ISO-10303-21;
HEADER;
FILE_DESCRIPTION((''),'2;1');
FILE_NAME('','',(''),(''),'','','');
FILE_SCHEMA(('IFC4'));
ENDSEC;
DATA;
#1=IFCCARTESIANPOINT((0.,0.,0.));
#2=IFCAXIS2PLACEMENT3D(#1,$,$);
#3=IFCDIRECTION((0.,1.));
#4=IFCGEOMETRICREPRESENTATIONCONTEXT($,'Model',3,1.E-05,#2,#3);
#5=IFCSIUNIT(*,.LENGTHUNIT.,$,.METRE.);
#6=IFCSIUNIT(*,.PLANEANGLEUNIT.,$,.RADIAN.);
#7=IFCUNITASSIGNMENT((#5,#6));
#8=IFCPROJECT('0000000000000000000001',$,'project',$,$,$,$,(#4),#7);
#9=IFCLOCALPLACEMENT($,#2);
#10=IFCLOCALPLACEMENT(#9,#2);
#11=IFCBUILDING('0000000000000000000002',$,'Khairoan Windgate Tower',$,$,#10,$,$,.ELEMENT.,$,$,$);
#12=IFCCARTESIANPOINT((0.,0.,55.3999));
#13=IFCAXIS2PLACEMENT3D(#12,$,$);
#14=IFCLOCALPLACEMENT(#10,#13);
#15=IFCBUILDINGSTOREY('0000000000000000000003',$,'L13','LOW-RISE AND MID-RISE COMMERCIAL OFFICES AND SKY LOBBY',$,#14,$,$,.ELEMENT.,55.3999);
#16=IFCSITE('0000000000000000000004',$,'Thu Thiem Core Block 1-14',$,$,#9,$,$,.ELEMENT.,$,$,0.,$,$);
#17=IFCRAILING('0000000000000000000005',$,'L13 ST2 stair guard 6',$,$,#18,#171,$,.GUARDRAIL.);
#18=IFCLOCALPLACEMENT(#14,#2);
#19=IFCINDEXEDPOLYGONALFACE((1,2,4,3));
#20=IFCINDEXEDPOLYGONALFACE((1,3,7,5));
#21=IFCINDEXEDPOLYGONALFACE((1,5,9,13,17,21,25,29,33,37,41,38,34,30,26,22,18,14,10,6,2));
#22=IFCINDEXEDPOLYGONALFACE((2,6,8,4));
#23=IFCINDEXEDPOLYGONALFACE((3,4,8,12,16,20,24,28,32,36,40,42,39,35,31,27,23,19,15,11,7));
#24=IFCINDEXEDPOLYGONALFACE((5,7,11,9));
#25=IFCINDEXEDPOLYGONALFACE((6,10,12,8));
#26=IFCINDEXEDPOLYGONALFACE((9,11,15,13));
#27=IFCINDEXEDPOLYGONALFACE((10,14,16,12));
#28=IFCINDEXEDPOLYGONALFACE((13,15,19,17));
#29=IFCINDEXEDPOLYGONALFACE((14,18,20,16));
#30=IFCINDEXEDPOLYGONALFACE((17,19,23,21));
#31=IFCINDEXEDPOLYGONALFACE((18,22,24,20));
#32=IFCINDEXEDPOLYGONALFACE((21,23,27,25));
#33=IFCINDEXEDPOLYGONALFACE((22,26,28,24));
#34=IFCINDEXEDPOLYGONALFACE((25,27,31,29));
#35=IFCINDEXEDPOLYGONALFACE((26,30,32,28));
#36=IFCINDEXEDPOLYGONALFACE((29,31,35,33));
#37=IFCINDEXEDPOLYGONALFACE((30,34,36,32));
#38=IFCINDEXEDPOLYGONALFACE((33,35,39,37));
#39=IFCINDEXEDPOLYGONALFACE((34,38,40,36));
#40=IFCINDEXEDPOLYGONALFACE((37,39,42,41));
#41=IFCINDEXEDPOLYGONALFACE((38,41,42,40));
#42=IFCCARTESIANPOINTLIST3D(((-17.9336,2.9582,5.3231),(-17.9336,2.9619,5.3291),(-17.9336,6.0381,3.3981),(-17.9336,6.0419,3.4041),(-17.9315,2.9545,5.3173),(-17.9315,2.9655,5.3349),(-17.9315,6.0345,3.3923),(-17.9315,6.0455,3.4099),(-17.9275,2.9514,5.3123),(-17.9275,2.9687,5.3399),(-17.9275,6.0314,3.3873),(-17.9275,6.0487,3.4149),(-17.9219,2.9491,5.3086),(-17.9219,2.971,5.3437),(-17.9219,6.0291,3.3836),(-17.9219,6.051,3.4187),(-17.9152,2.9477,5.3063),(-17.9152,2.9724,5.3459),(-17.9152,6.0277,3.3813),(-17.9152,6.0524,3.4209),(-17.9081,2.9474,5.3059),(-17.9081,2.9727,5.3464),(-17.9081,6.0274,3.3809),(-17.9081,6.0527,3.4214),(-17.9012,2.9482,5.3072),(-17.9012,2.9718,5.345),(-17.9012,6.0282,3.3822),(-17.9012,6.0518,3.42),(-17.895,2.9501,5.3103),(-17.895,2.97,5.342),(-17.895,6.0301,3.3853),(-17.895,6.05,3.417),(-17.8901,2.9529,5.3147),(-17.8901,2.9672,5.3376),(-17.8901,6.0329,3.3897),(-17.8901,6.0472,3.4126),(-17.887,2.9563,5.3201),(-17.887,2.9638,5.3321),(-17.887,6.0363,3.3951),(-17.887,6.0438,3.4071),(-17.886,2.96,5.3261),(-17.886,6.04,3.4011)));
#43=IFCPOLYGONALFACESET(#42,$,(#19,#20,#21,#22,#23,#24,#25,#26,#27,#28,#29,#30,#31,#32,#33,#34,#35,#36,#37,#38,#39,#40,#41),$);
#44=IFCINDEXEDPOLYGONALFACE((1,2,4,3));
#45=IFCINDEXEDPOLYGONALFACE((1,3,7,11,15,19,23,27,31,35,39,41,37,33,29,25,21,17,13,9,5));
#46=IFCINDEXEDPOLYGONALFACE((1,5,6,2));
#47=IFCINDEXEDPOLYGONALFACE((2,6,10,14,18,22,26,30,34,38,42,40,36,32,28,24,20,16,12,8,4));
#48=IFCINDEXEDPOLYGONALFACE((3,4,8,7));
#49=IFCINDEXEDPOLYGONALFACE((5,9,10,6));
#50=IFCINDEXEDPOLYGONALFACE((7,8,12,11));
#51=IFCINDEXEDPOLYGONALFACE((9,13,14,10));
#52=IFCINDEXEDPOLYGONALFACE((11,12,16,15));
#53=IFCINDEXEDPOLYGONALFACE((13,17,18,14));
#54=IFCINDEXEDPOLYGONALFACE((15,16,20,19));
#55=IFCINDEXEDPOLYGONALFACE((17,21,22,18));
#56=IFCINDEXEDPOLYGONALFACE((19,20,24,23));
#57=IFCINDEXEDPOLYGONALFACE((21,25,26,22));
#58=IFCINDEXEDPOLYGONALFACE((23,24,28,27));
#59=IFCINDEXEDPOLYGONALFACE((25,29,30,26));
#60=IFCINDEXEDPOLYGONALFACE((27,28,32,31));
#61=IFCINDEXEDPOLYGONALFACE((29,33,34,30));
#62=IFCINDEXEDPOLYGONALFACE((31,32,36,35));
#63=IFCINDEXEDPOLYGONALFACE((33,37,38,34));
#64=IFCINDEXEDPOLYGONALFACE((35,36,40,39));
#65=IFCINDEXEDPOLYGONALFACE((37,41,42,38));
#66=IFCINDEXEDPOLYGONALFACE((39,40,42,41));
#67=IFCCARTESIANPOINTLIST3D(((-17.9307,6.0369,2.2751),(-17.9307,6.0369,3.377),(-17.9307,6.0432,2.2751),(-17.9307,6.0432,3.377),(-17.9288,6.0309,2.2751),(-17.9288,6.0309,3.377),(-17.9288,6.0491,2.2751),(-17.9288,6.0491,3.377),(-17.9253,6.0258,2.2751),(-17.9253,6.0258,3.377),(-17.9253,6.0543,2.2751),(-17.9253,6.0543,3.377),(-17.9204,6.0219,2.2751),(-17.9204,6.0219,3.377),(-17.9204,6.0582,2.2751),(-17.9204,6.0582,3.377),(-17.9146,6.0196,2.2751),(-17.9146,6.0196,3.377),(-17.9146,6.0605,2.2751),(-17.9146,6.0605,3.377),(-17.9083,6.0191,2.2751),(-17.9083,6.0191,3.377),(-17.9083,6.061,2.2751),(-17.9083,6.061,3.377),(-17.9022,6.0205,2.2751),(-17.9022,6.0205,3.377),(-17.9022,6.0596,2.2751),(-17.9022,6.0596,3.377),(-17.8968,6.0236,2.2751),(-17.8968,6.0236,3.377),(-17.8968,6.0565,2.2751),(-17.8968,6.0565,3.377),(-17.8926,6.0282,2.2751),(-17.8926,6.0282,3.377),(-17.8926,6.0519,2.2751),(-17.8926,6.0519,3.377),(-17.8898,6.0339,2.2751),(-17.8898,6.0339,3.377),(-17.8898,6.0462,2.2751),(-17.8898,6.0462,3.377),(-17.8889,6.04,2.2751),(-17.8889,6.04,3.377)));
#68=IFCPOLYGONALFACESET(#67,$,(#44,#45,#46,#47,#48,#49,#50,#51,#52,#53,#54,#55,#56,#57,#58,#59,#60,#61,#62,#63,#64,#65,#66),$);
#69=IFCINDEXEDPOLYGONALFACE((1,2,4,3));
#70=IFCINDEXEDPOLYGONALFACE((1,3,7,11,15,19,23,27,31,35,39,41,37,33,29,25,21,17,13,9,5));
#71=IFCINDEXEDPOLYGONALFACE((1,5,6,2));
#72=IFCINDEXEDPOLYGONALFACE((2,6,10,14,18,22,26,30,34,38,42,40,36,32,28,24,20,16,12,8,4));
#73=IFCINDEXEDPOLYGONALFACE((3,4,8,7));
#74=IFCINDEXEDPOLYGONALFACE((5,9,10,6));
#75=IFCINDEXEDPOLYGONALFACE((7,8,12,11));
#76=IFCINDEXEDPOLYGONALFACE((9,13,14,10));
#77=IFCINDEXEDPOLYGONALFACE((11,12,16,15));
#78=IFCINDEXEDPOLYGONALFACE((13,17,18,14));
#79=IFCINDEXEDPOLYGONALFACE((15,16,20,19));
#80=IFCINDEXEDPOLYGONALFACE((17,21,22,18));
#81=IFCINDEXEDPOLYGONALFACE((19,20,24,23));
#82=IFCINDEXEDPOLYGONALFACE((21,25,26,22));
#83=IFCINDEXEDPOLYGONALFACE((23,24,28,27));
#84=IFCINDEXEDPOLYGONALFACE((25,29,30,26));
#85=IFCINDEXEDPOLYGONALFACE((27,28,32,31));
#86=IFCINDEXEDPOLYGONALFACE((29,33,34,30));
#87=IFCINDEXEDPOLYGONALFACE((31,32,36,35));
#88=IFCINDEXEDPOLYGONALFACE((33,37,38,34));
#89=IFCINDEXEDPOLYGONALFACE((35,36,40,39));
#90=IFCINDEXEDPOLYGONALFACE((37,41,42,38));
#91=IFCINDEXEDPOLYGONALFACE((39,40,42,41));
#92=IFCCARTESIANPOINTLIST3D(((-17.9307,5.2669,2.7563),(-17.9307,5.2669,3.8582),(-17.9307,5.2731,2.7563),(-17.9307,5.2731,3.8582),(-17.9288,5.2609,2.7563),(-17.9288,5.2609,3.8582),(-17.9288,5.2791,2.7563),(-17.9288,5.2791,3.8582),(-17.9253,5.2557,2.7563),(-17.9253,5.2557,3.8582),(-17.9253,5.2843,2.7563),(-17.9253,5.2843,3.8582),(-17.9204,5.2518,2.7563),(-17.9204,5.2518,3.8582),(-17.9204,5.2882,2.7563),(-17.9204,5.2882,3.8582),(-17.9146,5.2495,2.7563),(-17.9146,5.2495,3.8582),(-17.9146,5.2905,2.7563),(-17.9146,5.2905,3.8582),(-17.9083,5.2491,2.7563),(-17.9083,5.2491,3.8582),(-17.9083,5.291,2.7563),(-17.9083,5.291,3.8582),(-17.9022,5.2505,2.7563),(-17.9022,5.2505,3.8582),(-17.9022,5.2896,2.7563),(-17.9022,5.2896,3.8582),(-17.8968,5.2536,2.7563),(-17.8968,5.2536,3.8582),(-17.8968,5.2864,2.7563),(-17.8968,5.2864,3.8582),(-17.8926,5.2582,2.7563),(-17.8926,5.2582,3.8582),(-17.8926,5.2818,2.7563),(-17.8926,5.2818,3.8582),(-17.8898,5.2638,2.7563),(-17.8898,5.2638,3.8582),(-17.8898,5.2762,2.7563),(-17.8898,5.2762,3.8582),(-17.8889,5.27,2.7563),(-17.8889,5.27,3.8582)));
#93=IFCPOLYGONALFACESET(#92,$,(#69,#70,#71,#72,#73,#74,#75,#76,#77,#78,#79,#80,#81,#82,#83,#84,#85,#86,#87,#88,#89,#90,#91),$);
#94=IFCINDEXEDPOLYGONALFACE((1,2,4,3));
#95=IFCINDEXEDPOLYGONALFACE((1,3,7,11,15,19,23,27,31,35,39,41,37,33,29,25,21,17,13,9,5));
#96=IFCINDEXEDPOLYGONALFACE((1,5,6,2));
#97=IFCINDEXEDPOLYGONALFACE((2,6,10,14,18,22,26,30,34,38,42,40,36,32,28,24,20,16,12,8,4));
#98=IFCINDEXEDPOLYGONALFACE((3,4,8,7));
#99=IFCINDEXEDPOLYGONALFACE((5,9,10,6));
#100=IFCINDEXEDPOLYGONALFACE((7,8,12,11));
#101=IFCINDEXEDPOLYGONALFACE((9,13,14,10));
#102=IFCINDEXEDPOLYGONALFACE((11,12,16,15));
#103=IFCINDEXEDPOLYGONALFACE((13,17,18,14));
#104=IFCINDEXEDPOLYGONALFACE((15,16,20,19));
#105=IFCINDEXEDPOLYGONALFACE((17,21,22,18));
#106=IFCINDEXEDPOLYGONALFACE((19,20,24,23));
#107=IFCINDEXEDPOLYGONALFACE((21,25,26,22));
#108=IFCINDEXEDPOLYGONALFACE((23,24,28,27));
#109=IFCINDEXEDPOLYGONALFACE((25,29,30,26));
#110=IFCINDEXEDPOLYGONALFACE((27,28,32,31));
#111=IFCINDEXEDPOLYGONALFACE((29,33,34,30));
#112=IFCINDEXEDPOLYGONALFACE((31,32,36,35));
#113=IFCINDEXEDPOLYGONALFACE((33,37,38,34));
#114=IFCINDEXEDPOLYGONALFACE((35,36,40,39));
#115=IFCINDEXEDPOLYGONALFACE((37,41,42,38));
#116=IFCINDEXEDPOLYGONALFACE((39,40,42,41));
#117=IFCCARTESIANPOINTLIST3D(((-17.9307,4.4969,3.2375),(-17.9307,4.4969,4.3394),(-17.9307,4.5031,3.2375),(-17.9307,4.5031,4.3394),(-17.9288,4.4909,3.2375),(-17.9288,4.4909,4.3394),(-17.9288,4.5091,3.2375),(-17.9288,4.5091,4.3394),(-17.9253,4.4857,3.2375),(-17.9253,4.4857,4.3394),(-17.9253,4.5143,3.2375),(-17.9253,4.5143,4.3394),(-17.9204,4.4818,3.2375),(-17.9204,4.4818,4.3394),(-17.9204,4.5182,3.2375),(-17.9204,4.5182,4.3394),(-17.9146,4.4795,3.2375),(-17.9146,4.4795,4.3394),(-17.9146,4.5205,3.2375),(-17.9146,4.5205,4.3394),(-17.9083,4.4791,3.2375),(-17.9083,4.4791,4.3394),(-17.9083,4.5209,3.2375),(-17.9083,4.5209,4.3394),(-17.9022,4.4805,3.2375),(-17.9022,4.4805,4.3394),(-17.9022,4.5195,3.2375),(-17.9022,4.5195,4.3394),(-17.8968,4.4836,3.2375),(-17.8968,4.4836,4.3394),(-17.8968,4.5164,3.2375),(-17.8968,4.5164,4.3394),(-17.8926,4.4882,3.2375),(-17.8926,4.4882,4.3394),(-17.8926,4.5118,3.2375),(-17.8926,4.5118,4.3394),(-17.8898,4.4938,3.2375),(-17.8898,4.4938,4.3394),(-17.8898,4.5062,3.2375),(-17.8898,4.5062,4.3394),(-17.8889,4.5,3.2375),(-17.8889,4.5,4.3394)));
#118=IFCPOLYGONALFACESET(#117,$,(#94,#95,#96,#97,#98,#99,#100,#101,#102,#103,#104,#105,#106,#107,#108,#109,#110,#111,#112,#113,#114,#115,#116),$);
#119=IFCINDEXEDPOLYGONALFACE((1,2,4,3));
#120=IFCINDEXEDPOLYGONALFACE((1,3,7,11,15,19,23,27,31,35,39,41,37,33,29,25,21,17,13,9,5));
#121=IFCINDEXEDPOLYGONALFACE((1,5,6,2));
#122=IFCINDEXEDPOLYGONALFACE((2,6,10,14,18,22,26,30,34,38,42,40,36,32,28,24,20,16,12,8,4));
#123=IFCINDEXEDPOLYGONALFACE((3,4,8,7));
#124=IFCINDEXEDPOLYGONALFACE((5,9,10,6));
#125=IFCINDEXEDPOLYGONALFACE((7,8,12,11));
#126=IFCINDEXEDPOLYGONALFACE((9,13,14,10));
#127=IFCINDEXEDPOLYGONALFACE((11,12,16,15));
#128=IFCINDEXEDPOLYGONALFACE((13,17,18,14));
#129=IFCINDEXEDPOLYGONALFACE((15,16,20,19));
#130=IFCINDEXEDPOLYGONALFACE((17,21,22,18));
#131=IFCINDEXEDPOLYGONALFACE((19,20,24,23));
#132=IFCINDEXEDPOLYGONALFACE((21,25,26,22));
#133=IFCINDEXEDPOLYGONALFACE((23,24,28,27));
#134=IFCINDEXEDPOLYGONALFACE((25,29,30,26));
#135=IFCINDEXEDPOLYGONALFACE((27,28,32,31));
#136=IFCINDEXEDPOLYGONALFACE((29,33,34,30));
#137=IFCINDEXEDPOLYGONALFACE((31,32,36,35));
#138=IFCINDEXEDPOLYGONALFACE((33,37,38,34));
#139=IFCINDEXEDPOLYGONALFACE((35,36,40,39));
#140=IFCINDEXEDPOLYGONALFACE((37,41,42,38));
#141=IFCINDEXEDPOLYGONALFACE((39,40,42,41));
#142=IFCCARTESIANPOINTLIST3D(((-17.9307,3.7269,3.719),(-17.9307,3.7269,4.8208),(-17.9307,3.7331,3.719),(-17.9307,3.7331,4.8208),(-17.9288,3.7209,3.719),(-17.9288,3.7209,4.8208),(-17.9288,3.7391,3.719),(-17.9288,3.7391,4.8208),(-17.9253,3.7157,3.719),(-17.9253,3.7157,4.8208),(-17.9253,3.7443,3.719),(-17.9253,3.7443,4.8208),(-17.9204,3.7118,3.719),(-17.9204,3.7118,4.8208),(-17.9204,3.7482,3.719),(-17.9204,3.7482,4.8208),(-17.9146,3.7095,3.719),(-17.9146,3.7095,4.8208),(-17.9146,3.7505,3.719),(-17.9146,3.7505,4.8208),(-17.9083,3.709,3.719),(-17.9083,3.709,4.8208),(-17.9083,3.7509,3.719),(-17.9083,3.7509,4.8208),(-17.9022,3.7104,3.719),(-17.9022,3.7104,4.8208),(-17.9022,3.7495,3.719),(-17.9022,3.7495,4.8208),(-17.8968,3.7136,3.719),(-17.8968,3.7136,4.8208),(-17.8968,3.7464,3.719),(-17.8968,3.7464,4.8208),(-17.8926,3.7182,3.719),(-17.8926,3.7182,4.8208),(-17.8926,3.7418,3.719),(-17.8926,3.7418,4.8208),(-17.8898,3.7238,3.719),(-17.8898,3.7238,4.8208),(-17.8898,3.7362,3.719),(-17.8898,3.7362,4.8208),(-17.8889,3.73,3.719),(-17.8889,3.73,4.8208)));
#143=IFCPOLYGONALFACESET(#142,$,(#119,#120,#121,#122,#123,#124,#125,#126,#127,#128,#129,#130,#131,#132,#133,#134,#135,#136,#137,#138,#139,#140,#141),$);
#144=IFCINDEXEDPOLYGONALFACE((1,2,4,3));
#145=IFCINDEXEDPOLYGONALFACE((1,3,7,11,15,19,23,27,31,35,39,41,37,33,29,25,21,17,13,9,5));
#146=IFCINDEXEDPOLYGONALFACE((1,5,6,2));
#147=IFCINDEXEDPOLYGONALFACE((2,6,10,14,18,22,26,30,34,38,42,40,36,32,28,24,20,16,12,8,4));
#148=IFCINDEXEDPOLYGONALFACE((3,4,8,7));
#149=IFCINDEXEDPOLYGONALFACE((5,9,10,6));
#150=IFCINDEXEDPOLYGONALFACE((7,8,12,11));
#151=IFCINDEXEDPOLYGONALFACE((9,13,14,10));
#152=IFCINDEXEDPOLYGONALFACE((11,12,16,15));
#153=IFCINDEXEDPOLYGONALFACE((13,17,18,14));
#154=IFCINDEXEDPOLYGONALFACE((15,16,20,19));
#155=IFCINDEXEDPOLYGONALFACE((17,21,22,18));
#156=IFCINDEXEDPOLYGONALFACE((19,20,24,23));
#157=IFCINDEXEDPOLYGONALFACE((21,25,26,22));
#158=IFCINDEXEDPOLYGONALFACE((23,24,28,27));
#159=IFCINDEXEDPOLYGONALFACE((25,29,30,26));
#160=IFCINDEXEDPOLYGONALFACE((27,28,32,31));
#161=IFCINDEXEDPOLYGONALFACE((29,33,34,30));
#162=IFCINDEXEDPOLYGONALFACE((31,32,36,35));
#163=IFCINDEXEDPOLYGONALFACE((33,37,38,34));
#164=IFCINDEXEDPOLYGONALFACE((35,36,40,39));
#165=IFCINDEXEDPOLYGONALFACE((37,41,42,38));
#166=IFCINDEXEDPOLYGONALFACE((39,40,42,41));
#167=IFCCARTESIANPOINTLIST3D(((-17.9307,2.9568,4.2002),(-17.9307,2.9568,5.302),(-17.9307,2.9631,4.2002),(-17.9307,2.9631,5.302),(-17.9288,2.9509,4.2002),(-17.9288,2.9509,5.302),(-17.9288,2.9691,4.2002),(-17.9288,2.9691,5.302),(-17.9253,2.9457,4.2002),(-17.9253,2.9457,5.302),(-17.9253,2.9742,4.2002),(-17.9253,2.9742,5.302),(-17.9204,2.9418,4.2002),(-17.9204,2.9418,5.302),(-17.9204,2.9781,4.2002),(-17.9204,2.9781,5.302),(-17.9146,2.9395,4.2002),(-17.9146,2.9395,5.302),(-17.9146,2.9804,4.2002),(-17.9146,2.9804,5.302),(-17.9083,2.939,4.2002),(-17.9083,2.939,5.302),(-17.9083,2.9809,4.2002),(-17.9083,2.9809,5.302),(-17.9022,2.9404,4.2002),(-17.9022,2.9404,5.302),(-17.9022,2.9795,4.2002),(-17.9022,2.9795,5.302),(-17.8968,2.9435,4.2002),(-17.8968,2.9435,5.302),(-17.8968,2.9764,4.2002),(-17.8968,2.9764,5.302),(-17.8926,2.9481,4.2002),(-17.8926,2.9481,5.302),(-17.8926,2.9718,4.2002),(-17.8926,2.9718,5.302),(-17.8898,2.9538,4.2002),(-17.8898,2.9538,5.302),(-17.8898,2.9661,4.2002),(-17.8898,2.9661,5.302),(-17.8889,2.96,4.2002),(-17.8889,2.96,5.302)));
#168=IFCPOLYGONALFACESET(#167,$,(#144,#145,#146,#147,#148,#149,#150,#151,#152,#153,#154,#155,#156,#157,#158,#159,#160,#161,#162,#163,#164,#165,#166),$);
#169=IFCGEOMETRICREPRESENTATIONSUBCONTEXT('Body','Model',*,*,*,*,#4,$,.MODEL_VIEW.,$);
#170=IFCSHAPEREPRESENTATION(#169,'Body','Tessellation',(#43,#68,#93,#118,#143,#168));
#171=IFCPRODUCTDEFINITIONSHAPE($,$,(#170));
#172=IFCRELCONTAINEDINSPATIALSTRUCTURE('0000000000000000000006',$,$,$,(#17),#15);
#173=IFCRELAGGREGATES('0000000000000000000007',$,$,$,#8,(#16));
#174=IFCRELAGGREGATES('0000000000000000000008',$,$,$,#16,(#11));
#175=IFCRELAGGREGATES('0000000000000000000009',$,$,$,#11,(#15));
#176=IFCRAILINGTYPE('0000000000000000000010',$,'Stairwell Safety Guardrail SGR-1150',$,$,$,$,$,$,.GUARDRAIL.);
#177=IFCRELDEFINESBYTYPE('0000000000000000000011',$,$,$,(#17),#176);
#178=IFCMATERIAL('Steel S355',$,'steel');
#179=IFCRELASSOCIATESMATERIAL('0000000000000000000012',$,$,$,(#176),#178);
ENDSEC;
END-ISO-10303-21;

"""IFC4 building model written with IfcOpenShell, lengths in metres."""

from ifc_helpers import new_model, si_unit, direction, frame, origin, origin_2d, place, context, subcontext, project, spatial, circle, extrude, material, type_object, element, save


model = new_model("IFC4")

# Units and contexts
model_context = context("Model", 3, precision=1e-05, world=origin(), true_north=direction((0.0, 1.0)))
body_context = subcontext(model_context, "Body", "Model", "MODEL_VIEW")
ifc_project = project(units=[si_unit("LENGTHUNIT", "METRE"), si_unit("PLANEANGLEUNIT", "RADIAN")], contexts=[model_context])

# Site, building, storey
site_placement = place(None, origin())
site = spatial("IfcSite", under=ifc_project, at=site_placement, Name="Thu Thiem Core Block 1-14", CompositionType="ELEMENT", RefElevation=0.0)
building_placement = place(site_placement, origin())
building = spatial("IfcBuilding", under=site, at=building_placement, Name="Khairoan Windgate Tower", CompositionType="ELEMENT")
storey_placement = place(building_placement, frame((0.0, 0.0, 55.3999)))
storey = spatial("IfcBuildingStorey", under=building, at=storey_placement, Name="L13", Description="LOW-RISE AND MID-RISE COMMERCIAL OFFICES AND SKY LOBBY", CompositionType="ELEMENT", Elevation=55.3999)

# Railing
ifc_material_1 = material(Name="Steel S355", Category="steel")
railing_type_1 = type_object("IfcRailingType", Name="Stairwell Safety Guardrail SGR-1150", PredefinedType="GUARDRAIL", material=ifc_material_1)
railing_1_placement = place(storey_placement, frame((-17.9099, 6.04, 2.2751)))
element("IfcRailing", 1, at=railing_1_placement, inside=storey, type_object=railing_type_1, Name="L13 ST2 stair guard 6", PredefinedType="GUARDRAIL", context=body_context, shape_type="SweptSolid", body=[
    extrude(circle(Radius=0.0239, at=origin_2d()), frame((0.0, 0.0, 1.126), z_axis=(0.0, -0.847998, 0.529999), x_axis=(1.0, 0.0, 0.0)), (0.0, 0.0, 1.0), 3.6321),
    extrude(circle(Radius=0.021, at=origin_2d()), origin(), (0.0, 0.0, 1.0), 1.1018),
    extrude(circle(Radius=0.021, at=origin_2d()), frame((0.0, -0.77, 0.4812)), (0.0, 0.0, 1.0), 1.1018),
    extrude(circle(Radius=0.021, at=origin_2d()), frame((0.0, -1.54, 0.9624)), (0.0, 0.0, 1.0), 1.1018),
    extrude(circle(Radius=0.021, at=origin_2d()), frame((0.0, -2.3101, 1.4438)), (0.0, 0.0, 1.0), 1.1018),
    extrude(circle(Radius=0.021, at=origin_2d()), frame((0.0, -3.0801, 1.925)), (0.0, 0.0, 1.0), 1.1018),
])

save(model, "model.ifc")
